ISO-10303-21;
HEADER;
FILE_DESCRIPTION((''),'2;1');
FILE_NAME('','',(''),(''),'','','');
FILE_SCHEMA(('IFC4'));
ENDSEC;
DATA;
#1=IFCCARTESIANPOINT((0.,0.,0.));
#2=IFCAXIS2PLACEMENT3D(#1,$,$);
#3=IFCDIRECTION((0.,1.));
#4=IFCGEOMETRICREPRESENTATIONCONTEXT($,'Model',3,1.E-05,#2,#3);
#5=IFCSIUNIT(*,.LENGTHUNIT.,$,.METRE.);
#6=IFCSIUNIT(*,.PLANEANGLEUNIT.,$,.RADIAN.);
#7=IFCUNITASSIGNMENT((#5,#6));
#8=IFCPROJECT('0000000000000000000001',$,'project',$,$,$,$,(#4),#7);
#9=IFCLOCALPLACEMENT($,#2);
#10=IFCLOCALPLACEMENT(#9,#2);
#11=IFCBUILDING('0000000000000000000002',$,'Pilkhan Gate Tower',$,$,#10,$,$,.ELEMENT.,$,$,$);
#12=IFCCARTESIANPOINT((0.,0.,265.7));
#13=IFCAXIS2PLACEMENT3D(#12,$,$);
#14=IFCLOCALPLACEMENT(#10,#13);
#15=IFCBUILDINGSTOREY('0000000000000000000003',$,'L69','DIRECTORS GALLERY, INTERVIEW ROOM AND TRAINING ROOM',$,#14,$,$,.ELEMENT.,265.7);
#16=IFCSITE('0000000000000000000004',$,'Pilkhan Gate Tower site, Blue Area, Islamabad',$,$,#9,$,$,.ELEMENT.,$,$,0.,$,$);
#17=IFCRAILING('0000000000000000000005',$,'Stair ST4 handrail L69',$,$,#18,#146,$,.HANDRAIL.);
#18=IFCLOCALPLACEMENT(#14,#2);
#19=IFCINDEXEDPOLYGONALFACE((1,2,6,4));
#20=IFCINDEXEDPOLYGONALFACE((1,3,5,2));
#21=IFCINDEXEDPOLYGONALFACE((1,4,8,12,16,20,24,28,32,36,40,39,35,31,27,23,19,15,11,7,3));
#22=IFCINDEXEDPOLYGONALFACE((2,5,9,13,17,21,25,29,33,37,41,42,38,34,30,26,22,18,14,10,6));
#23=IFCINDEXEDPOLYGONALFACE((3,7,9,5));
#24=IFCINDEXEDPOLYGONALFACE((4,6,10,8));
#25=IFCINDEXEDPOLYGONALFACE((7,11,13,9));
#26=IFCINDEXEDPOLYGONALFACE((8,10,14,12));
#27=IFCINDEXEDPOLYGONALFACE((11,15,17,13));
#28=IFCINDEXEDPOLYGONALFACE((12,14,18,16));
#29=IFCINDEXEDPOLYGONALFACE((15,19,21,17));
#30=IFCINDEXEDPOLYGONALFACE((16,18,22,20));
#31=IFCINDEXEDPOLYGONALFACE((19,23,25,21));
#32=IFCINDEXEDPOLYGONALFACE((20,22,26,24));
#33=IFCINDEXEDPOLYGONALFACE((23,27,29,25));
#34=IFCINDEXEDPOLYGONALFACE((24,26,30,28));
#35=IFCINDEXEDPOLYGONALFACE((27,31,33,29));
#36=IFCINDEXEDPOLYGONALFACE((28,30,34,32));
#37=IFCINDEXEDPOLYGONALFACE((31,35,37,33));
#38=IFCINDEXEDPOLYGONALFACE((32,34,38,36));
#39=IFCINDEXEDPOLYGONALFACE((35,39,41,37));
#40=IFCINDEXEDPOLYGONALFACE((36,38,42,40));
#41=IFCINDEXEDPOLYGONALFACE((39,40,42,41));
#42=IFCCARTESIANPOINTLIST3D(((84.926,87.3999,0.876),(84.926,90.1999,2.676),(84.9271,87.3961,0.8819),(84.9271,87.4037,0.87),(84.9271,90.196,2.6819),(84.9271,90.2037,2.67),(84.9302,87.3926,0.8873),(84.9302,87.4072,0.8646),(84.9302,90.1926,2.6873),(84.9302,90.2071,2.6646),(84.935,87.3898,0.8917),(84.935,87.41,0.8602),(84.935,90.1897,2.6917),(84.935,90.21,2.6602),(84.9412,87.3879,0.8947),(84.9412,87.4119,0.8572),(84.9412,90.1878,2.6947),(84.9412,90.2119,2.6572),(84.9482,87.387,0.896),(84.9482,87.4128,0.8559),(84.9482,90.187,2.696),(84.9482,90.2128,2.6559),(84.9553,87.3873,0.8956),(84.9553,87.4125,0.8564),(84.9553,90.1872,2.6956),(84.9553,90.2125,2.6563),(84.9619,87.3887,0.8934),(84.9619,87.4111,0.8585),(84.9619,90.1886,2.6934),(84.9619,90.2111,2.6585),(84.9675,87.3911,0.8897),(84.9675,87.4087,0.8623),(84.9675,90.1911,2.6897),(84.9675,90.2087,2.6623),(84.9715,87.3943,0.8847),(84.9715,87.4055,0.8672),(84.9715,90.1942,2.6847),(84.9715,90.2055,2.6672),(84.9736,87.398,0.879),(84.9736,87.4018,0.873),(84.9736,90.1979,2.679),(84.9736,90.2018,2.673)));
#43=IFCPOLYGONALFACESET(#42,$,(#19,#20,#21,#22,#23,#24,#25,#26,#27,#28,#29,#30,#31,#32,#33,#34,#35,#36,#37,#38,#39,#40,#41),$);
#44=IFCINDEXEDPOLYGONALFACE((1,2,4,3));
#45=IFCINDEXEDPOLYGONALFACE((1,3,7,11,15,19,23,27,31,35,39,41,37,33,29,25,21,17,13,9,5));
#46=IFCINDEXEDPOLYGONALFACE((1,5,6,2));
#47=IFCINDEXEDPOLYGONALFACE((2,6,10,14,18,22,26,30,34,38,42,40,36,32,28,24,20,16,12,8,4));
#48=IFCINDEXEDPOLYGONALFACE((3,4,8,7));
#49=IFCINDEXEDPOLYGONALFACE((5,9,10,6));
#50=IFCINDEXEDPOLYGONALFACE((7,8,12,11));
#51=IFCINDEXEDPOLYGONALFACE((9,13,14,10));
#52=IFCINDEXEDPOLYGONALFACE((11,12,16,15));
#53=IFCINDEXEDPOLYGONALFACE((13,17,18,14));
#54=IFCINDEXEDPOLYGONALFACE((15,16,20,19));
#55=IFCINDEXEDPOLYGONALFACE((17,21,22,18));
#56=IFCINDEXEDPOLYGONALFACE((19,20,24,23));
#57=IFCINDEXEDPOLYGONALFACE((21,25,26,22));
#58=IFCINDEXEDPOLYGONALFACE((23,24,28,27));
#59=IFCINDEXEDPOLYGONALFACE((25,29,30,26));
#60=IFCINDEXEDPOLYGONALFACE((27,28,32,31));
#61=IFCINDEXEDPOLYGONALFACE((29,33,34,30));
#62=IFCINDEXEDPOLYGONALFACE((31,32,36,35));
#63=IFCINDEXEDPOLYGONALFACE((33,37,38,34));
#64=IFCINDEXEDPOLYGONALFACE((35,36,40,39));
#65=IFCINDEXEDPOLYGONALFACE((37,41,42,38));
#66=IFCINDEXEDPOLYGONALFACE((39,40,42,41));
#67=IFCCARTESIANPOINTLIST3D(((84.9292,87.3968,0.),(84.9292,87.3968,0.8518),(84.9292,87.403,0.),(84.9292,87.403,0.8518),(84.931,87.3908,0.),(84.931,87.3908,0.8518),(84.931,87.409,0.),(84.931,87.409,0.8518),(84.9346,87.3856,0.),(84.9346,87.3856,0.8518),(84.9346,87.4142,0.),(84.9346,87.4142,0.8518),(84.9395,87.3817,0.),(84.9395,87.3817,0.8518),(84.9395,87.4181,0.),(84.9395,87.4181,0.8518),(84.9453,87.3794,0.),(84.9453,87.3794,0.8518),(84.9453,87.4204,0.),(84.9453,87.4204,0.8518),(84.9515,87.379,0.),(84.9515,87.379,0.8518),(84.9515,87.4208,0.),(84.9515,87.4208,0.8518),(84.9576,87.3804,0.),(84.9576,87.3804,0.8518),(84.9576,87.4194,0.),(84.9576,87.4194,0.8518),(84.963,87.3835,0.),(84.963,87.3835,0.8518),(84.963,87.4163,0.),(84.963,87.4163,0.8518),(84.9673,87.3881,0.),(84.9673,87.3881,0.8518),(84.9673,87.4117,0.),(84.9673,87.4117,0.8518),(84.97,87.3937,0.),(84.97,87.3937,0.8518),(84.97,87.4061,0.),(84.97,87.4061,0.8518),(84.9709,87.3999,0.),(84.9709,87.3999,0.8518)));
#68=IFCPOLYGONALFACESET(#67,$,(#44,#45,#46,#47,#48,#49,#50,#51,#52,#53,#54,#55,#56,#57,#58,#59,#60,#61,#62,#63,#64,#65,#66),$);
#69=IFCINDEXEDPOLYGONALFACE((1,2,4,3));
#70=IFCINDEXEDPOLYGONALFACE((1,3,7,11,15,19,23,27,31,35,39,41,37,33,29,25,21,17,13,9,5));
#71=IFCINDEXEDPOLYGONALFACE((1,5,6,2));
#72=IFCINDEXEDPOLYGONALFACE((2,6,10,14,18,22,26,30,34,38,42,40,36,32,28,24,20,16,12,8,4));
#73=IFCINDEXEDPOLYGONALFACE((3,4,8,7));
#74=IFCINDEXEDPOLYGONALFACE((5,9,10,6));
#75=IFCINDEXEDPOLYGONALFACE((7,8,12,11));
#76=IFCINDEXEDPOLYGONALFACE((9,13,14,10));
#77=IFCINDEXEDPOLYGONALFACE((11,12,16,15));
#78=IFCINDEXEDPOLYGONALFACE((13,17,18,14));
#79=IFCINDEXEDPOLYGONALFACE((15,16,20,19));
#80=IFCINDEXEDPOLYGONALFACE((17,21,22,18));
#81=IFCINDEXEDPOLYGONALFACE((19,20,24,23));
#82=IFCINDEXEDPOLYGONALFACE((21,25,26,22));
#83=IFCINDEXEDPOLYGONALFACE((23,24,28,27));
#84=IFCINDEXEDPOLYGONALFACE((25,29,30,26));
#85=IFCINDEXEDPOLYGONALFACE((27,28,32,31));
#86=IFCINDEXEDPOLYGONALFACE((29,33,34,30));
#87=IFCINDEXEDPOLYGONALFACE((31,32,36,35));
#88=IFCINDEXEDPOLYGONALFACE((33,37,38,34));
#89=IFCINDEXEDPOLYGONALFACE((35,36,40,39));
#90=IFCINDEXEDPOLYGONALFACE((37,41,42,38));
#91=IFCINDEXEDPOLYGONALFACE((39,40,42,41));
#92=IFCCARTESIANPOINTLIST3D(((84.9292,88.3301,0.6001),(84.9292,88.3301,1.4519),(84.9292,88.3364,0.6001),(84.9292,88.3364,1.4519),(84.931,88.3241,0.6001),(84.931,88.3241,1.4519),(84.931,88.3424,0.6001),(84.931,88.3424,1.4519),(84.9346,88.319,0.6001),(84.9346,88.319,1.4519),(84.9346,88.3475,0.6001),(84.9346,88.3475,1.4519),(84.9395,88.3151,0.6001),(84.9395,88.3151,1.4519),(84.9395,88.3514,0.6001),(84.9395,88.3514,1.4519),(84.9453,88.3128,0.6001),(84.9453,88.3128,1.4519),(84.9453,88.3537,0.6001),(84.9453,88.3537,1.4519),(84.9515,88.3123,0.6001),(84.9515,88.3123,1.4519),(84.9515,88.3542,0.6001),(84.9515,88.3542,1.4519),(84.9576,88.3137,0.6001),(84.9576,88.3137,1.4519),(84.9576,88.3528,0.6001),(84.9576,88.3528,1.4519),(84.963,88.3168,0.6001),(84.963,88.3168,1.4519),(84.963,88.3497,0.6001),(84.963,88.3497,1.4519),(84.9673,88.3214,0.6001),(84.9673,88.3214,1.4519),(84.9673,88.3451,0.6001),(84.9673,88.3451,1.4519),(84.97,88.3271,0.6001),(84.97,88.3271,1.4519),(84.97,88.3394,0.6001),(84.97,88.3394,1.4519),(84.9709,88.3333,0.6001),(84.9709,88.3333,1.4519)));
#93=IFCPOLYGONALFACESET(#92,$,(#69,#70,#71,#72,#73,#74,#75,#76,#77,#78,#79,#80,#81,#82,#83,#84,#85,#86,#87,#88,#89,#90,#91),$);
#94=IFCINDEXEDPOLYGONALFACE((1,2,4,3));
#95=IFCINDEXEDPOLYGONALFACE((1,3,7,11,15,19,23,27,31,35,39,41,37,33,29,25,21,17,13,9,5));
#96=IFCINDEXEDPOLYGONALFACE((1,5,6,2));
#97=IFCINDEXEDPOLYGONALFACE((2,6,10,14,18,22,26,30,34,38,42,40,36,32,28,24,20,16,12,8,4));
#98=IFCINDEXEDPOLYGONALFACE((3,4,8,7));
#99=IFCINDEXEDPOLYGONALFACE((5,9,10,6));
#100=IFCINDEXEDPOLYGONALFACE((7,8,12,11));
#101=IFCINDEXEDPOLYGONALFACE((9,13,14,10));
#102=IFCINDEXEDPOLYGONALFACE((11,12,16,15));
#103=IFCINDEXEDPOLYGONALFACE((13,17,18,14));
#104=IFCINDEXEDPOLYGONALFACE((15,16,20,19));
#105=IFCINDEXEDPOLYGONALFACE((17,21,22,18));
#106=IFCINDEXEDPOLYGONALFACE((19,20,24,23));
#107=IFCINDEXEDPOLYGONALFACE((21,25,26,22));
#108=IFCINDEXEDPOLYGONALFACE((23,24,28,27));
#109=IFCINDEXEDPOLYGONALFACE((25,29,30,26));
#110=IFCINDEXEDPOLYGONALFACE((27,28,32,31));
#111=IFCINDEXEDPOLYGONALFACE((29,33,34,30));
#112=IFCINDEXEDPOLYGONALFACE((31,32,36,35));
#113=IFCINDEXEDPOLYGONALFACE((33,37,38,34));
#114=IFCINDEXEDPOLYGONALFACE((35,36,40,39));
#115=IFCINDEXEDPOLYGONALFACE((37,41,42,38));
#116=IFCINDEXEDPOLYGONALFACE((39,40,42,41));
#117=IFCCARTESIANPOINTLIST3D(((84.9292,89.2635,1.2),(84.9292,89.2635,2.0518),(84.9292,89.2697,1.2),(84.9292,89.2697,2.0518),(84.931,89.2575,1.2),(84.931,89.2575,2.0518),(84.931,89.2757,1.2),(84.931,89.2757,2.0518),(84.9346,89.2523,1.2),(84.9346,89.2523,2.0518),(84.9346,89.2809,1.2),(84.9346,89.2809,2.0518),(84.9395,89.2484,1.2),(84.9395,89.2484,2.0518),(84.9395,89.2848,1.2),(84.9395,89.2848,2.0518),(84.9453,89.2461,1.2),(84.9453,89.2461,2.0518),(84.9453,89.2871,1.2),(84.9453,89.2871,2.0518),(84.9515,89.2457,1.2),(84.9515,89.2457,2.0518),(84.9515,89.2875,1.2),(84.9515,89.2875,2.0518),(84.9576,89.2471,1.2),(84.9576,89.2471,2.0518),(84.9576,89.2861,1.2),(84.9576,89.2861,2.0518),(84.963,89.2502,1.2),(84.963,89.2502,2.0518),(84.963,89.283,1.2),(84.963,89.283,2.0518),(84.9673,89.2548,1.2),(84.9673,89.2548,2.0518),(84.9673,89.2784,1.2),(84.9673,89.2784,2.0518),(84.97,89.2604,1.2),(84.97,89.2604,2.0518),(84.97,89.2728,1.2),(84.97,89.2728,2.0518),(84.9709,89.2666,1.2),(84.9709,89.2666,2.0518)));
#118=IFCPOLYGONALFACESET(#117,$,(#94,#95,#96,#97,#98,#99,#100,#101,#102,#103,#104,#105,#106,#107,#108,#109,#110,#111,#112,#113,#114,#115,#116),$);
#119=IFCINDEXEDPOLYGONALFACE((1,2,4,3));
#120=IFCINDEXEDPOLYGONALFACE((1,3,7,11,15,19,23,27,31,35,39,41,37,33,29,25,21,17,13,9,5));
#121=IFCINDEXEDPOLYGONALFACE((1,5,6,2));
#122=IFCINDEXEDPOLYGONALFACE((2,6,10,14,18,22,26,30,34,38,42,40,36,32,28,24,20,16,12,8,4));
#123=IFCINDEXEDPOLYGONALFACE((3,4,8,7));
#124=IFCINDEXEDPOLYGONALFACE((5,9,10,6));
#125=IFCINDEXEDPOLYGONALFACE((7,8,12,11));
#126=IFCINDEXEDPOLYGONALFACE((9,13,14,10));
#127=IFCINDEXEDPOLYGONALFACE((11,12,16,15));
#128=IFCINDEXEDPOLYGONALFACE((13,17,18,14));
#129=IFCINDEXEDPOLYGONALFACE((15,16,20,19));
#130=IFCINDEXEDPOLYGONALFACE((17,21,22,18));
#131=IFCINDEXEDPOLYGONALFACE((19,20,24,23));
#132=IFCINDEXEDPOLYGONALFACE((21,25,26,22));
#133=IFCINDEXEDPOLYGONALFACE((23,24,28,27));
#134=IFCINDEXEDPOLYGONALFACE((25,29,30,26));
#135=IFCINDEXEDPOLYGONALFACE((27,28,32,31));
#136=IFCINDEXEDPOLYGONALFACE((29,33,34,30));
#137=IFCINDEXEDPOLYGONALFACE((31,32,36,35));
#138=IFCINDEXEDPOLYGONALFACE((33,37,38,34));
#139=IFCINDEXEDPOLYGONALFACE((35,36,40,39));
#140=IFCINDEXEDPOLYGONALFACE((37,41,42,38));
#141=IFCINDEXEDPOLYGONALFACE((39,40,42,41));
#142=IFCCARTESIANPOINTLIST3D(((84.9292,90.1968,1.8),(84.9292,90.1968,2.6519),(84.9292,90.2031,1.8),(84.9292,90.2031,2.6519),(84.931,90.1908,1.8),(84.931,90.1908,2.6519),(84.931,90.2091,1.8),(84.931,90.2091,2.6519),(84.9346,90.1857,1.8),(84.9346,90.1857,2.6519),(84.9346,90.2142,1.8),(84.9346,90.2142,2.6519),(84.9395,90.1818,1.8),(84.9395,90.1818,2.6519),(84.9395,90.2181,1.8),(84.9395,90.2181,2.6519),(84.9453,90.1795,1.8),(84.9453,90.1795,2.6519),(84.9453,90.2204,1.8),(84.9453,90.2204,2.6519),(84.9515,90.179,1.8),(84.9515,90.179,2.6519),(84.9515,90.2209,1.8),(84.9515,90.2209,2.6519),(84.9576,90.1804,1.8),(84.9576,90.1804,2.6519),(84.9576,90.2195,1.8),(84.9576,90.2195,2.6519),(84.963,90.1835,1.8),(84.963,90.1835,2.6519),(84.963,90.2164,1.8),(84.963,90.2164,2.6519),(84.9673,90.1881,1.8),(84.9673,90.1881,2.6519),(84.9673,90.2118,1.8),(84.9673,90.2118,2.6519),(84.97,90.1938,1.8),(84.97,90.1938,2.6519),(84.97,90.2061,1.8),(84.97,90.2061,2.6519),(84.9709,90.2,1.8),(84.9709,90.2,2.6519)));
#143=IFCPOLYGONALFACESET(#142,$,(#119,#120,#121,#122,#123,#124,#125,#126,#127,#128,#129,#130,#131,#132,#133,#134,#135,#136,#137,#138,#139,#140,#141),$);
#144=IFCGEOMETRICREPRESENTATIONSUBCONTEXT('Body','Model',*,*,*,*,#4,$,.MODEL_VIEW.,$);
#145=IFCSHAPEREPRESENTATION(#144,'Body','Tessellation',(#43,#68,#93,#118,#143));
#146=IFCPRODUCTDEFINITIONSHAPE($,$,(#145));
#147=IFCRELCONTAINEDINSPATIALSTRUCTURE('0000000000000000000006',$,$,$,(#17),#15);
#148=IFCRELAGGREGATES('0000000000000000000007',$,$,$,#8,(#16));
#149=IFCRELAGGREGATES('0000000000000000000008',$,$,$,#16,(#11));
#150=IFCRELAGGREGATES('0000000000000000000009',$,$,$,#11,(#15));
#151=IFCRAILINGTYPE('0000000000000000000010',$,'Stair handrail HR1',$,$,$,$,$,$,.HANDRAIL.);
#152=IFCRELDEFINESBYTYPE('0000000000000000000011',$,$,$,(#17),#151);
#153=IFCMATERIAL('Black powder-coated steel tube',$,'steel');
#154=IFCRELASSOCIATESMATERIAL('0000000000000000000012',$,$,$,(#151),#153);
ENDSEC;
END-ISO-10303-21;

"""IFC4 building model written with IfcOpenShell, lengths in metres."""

from ifc_helpers import new_model, si_unit, direction, frame, origin, origin_2d, place, context, subcontext, project, spatial, circle, extrude, material, type_object, element, save


model = new_model("IFC4")

# Units and contexts
model_context = context("Model", 3, precision=1e-05, world=origin(), true_north=direction((0.0, 1.0)))
body_context = subcontext(model_context, "Body", "Model", "MODEL_VIEW")
ifc_project = project(units=[si_unit("LENGTHUNIT", "METRE"), si_unit("PLANEANGLEUNIT", "RADIAN")], contexts=[model_context])

# Site, building, storey
site_placement = place(None, origin())
site = spatial("IfcSite", under=ifc_project, at=site_placement, Name="Pilkhan Gate Tower site, Blue Area, Islamabad", CompositionType="ELEMENT", RefElevation=0.0)
building_placement = place(site_placement, origin())
building = spatial("IfcBuilding", under=site, at=building_placement, Name="Pilkhan Gate Tower", CompositionType="ELEMENT")
storey_placement = place(building_placement, frame((0.0, 0.0, 265.7)))
storey = spatial("IfcBuildingStorey", under=building, at=storey_placement, Name="L69", Description="DIRECTORS GALLERY, INTERVIEW ROOM AND TRAINING ROOM", CompositionType="ELEMENT", Elevation=265.7)

# Railing
ifc_material_1 = material(Name="Black powder-coated steel tube", Category="steel")
railing_type_1 = type_object("IfcRailingType", Name="Stair handrail HR1", PredefinedType="HANDRAIL", material=ifc_material_1)
railing_1_placement = place(storey_placement, frame((84.95, 87.3999, 0.0)))
element("IfcRailing", 1, at=railing_1_placement, inside=storey, type_object=railing_type_1, Name="Stair ST4 handrail L69", PredefinedType="HANDRAIL", context=body_context, shape_type="SweptSolid", body=[
    extrude(circle(Radius=0.0239, at=origin_2d()), frame((0.0, 0.0, 0.876), z_axis=(0.0, 0.841176, 0.540761), x_axis=(-1.0, 0.0, 0.0)), (0.0, 0.0, 1.0), 3.3286),
    extrude(circle(Radius=0.021, at=origin_2d()), origin(), (0.0, 0.0, 1.0), 0.8518),
    extrude(circle(Radius=0.021, at=origin_2d()), frame((0.0, 0.9333, 0.6001)), (0.0, 0.0, 1.0), 0.8518),
    extrude(circle(Radius=0.021, at=origin_2d()), frame((0.0, 1.8667, 1.2)), (0.0, 0.0, 1.0), 0.8518),
    extrude(circle(Radius=0.021, at=origin_2d()), frame((0.0, 2.8, 1.8)), (0.0, 0.0, 1.0), 0.8518),
])

save(model, "model.ifc")
